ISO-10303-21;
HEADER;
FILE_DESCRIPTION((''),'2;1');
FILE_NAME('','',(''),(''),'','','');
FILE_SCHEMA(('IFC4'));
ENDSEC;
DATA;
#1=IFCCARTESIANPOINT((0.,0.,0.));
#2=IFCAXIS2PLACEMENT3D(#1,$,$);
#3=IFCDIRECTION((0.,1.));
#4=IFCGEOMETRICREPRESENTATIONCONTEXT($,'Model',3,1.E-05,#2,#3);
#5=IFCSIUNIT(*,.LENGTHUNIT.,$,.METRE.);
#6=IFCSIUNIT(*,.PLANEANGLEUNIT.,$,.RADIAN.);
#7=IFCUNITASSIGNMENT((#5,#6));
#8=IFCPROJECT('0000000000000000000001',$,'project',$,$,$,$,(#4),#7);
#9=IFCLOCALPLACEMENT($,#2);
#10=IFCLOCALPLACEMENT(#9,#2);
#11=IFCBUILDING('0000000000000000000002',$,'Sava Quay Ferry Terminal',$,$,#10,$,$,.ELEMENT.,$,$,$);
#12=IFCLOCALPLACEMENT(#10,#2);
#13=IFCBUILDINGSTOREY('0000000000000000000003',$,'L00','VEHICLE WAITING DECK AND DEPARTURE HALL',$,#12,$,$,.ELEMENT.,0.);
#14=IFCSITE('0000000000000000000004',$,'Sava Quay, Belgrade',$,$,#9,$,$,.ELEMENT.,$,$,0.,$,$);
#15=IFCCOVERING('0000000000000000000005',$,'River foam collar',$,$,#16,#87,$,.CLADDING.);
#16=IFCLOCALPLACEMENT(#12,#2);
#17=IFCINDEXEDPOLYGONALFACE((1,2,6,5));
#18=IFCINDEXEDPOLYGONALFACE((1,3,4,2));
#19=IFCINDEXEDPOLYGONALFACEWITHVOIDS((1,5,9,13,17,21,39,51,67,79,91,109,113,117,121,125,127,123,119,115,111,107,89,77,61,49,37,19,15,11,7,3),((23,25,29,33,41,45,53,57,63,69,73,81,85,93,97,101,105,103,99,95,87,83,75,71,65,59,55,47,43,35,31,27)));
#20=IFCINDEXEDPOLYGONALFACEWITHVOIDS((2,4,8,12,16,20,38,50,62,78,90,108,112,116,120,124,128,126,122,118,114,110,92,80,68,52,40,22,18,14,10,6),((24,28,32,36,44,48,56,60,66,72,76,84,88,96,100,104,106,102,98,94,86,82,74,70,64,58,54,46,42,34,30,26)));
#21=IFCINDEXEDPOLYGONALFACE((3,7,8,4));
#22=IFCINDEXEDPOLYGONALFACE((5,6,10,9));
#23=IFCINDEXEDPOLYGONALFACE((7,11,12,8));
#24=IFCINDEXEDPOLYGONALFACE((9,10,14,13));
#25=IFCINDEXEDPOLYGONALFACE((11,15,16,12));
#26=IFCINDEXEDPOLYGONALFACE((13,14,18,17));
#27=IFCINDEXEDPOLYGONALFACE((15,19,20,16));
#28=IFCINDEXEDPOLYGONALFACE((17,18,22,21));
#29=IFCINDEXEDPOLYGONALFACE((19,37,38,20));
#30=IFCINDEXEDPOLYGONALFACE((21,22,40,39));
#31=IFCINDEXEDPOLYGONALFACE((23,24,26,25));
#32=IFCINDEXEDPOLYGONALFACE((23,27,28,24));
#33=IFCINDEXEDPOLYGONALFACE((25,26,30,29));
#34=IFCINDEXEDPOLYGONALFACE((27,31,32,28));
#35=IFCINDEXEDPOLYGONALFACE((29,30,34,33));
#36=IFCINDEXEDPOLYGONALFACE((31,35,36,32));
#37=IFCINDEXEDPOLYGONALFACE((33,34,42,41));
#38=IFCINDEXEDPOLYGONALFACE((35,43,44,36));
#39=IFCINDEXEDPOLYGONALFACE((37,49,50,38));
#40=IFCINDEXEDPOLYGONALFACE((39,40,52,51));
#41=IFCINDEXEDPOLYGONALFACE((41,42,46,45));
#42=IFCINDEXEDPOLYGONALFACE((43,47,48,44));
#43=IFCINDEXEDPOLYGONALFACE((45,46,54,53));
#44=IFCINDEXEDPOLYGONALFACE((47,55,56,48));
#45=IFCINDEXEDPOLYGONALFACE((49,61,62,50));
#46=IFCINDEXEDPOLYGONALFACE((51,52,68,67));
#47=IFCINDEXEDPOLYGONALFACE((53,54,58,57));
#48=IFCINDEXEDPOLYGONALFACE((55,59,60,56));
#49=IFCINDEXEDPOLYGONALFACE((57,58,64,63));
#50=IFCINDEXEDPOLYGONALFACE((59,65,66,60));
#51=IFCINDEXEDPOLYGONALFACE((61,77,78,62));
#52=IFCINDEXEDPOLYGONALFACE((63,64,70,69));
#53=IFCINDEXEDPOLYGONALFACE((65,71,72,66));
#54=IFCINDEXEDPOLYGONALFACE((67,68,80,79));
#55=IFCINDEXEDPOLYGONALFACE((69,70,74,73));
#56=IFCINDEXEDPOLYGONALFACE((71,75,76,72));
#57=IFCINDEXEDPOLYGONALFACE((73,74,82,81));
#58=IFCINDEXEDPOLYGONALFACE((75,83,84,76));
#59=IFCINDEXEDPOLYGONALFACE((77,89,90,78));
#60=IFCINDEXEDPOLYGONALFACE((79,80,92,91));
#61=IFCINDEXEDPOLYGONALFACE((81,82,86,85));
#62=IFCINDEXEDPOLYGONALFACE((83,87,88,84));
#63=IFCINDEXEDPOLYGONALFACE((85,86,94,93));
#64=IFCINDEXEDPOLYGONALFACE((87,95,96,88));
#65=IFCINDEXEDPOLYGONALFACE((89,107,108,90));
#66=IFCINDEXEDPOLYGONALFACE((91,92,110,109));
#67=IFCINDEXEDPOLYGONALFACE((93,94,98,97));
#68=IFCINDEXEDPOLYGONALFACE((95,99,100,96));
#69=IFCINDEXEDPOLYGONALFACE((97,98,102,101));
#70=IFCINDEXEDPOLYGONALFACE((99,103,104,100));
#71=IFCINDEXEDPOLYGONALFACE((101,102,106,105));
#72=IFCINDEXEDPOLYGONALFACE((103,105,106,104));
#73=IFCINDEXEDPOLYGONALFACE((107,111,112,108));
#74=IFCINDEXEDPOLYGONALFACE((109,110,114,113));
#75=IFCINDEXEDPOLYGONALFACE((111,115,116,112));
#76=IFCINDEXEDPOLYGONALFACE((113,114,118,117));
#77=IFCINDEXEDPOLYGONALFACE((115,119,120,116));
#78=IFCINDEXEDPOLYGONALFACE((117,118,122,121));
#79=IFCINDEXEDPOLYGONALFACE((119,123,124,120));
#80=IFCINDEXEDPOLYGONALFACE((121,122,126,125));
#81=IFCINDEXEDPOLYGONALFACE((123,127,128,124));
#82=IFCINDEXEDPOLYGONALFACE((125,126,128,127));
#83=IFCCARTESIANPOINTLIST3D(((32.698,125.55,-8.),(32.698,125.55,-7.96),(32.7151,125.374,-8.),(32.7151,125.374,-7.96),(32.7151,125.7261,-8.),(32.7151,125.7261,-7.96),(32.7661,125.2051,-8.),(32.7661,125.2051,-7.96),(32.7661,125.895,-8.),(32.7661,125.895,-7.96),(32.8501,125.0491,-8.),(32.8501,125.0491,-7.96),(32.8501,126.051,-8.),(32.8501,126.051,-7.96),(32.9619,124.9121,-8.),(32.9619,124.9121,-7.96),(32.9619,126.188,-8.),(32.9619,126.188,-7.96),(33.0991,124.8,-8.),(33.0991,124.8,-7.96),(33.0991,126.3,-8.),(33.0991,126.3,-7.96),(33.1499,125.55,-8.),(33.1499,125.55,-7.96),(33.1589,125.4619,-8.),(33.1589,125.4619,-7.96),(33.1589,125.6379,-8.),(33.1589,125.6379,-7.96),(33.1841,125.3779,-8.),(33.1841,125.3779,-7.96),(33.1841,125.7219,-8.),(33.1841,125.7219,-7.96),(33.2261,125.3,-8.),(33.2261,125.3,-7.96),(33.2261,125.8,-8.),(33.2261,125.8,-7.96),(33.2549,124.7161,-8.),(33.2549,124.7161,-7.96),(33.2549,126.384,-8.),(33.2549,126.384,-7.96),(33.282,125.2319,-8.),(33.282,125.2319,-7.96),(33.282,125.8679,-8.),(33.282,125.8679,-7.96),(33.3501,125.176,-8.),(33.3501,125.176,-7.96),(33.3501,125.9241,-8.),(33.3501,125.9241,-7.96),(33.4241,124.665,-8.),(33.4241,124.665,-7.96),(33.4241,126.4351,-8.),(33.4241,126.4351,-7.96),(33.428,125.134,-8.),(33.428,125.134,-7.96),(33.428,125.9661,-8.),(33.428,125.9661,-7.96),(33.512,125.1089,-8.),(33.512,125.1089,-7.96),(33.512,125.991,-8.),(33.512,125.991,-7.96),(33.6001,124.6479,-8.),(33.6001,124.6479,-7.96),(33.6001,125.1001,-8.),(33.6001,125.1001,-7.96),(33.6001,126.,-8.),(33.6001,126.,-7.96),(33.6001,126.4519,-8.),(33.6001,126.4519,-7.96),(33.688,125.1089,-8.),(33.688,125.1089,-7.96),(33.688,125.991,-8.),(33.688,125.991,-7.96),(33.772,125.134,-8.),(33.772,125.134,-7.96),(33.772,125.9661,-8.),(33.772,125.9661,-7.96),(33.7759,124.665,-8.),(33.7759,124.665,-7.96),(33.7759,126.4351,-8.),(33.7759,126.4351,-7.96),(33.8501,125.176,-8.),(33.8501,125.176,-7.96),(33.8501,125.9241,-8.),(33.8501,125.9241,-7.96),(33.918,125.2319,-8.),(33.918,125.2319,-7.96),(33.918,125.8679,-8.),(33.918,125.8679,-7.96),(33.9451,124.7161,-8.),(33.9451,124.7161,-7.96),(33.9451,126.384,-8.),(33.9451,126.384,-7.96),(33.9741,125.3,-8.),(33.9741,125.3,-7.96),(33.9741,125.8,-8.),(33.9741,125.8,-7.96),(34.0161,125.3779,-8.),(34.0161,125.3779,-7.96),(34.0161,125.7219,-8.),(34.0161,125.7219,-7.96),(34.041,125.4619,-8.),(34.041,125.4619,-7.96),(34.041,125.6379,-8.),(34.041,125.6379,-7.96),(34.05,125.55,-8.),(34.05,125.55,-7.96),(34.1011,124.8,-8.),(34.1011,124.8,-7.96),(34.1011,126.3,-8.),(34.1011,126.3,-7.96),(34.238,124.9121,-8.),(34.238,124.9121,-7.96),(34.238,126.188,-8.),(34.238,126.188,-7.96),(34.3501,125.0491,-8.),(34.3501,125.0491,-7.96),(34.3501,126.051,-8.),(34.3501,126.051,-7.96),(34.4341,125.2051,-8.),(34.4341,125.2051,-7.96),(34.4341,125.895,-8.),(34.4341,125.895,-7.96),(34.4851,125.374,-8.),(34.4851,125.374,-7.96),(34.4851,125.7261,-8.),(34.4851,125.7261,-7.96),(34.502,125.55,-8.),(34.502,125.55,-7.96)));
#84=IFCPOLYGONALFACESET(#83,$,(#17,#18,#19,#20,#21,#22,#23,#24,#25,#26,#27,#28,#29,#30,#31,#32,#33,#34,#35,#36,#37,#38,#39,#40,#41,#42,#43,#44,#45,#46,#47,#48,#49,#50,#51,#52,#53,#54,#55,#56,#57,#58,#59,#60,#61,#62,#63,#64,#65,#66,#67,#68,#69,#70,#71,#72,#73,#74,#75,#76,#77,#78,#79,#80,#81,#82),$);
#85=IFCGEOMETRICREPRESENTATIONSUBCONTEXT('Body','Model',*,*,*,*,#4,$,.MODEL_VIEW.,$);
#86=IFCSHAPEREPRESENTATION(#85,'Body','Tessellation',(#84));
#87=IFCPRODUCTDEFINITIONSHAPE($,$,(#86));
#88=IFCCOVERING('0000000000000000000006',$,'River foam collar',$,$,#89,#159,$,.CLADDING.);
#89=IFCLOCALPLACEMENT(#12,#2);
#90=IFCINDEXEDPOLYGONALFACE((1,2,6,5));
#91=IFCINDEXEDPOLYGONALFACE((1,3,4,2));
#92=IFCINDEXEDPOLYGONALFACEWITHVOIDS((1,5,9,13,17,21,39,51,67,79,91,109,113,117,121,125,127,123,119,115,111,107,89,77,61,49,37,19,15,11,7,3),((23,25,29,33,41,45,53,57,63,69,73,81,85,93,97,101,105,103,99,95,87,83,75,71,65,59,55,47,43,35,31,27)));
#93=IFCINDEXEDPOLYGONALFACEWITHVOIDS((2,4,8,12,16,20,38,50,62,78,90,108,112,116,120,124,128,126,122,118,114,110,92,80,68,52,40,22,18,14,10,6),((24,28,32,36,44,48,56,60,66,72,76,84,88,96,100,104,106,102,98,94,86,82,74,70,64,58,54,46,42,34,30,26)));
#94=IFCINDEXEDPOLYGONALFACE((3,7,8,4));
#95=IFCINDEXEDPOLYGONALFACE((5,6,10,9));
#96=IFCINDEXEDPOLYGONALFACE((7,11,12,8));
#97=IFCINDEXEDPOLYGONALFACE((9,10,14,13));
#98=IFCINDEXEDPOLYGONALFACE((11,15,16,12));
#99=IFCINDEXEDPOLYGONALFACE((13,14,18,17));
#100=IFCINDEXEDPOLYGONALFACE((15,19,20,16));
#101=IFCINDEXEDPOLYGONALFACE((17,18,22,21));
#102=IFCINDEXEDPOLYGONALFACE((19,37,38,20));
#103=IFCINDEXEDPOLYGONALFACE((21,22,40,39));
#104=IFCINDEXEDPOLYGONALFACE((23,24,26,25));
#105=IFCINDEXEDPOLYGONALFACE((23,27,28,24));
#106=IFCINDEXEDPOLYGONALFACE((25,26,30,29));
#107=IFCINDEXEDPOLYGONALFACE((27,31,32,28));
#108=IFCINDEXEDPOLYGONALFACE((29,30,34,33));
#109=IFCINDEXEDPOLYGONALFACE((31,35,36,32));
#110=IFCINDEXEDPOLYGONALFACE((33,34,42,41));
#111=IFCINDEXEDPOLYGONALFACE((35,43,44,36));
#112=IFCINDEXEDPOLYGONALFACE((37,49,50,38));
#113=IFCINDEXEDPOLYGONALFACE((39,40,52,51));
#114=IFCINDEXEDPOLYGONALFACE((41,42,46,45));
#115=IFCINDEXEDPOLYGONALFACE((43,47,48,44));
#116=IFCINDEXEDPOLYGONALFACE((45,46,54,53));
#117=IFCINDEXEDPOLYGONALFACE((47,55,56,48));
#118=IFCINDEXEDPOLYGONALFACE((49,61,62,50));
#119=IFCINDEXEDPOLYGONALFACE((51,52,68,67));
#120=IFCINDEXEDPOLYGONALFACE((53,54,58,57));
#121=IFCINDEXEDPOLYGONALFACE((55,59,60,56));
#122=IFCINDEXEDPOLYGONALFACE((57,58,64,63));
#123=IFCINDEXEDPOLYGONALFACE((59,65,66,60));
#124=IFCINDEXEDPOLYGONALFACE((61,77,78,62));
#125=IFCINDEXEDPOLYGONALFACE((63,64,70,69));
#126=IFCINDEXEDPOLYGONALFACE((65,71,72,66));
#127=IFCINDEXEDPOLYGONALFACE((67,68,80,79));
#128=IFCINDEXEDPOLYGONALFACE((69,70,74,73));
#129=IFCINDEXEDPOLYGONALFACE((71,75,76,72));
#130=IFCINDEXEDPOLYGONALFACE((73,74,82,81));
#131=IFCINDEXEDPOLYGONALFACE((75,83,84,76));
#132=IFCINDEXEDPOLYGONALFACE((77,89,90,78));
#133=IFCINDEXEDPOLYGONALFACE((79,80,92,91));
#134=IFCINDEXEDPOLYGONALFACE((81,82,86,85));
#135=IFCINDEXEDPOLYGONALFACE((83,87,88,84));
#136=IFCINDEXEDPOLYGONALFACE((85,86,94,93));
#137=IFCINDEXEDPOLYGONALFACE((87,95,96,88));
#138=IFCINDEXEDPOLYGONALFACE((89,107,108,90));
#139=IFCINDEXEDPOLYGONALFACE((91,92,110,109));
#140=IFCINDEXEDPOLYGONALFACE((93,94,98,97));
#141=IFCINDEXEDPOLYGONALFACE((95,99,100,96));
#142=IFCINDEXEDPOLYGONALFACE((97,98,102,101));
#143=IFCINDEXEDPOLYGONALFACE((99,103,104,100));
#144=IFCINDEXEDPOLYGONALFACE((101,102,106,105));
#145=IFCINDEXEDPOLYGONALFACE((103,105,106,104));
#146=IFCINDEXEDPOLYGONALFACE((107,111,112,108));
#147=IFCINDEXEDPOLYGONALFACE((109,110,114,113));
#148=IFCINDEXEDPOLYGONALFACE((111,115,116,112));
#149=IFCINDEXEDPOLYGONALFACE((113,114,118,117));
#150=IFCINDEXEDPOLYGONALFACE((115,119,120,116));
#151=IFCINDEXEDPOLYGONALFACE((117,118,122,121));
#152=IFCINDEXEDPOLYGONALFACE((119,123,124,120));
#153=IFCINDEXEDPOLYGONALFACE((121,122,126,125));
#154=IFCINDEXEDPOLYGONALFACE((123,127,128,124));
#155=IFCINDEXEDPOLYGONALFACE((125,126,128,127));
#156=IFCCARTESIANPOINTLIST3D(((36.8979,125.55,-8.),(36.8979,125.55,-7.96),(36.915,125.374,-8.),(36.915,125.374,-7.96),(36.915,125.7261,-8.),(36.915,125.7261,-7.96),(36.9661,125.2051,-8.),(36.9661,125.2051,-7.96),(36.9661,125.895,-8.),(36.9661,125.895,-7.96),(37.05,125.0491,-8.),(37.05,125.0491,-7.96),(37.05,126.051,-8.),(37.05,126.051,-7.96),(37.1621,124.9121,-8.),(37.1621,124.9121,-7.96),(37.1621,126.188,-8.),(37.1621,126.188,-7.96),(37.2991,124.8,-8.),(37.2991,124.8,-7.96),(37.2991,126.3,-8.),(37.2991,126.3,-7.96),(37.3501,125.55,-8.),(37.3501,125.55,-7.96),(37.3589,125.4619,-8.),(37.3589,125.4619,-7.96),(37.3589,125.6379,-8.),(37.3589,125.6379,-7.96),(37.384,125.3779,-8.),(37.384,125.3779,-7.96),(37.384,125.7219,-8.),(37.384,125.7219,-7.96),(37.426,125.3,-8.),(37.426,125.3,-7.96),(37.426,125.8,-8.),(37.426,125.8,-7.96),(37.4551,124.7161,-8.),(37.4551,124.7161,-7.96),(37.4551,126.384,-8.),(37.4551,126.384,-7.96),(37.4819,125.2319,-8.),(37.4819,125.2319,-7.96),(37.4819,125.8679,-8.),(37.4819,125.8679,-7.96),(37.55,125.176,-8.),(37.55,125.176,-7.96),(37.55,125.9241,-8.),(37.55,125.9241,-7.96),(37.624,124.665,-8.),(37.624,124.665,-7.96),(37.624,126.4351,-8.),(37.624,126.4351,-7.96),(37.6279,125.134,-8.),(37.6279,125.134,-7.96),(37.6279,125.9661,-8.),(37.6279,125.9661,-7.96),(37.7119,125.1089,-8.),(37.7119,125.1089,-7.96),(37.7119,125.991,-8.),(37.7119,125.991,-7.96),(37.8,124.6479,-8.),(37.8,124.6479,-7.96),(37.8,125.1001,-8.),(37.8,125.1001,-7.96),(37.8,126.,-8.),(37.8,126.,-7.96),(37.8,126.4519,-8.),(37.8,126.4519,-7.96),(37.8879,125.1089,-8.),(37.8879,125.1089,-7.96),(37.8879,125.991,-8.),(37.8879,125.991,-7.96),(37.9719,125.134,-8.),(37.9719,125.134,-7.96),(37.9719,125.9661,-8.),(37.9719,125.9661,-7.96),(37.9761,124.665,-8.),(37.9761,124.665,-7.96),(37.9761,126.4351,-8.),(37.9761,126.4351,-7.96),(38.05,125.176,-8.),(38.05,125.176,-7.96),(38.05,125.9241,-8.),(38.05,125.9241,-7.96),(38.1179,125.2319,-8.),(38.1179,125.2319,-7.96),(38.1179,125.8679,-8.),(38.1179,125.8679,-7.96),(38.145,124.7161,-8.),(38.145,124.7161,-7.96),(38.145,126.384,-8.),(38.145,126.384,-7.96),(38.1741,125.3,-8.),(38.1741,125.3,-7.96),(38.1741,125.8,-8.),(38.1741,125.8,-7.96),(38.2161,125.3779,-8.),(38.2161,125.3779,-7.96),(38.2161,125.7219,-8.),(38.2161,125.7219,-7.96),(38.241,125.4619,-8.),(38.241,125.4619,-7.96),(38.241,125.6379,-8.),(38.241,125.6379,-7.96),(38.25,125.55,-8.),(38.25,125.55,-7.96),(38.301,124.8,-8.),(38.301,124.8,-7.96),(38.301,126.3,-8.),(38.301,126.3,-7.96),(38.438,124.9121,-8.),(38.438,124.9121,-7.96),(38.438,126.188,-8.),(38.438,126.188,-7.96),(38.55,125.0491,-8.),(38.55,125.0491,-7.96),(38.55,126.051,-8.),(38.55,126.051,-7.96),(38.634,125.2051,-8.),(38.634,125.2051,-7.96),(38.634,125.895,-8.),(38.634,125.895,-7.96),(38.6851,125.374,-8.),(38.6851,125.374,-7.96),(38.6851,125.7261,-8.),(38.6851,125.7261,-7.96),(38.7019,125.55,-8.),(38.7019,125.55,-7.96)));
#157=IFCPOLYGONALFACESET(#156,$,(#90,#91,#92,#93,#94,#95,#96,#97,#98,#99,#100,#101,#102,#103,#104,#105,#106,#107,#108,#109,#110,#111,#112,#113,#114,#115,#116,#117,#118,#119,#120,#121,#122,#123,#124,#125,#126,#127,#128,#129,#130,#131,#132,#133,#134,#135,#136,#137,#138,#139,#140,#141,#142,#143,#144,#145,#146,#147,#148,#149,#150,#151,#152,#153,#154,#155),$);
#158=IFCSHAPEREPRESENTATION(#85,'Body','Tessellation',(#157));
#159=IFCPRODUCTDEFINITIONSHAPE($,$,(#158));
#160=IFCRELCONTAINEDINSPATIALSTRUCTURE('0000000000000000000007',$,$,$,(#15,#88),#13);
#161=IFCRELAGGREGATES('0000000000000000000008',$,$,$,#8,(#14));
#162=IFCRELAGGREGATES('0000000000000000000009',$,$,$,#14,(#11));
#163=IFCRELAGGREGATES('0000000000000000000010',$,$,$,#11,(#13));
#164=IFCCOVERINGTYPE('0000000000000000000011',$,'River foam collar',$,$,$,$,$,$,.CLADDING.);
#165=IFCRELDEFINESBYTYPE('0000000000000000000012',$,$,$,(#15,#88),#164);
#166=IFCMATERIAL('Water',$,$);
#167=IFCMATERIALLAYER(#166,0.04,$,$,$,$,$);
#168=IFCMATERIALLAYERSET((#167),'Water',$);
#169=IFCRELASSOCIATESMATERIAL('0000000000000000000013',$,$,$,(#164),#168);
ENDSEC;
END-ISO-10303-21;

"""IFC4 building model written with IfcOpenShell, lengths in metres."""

from ifc_helpers import new_model, si_unit, direction, frame, origin, place, context, subcontext, project, spatial, polyline, outline, extrude, material, layer, layer_set, type_object, element, save


model = new_model("IFC4")

# Units and contexts
model_context = context("Model", 3, precision=1e-05, world=origin(), true_north=direction((0.0, 1.0)))
body_context = subcontext(model_context, "Body", "Model", "MODEL_VIEW")
ifc_project = project(units=[si_unit("LENGTHUNIT", "METRE"), si_unit("PLANEANGLEUNIT", "RADIAN")], contexts=[model_context])

# Site, building, storey
site_placement = place(None, origin())
site = spatial("IfcSite", under=ifc_project, at=site_placement, Name="Sava Quay, Belgrade", CompositionType="ELEMENT", RefElevation=0.0)
building_placement = place(site_placement, origin())
building = spatial("IfcBuilding", under=site, at=building_placement, Name="Sava Quay Ferry Terminal", CompositionType="ELEMENT")
storey_placement = place(building_placement, origin())
storey = spatial("IfcBuildingStorey", under=building, at=storey_placement, Name="L00", Description="VEHICLE WAITING DECK AND DEPARTURE HALL", CompositionType="ELEMENT", Elevation=0.0)

# Coverings
ifc_material = material(Name="Water")
ifc_layer = layer(ifc_material, 0.04)
ifc_layer_set = layer_set([ifc_layer], Name="Water")
covering_type = type_object("IfcCoveringType", Name="River foam collar", PredefinedType="CLADDING", material=ifc_layer_set)
covering_1_placement = place(storey_placement, frame((0.0, 0.0, -8.0)))
element("IfcCovering", 1, at=covering_1_placement, inside=storey, type_object=covering_type, Name="River foam collar", PredefinedType="CLADDING", context=body_context, shape_type="SweptSolid", body=[
    extrude(outline(polyline([(33.4241, 124.665), (33.6001, 124.6479), (33.7759, 124.665), (33.9451, 124.7161), (34.1011, 124.8), (34.238, 124.9121), (34.3501, 125.0491), (34.4341, 125.2051), (34.4851, 125.374), (34.502, 125.55), (34.4851, 125.7261), (34.4341, 125.895), (34.3501, 126.051), (34.238, 126.188), (34.1011, 126.3), (33.9451, 126.384), (33.7759, 126.4351), (33.6001, 126.4519), (33.4241, 126.4351), (33.2549, 126.384), (33.0991, 126.3), (32.9619, 126.188), (32.8501, 126.051), (32.7661, 125.895), (32.7151, 125.7261), (32.698, 125.55), (32.7151, 125.374), (32.7661, 125.2051), (32.8501, 125.0491), (32.9619, 124.9121), (33.0991, 124.8), (33.2549, 124.7161), (33.4241, 124.665)]), holes=[polyline([(33.512, 125.991), (33.6001, 126.0), (33.688, 125.991), (33.772, 125.9661), (33.8501, 125.9241), (33.918, 125.8679), (33.9741, 125.8), (34.0161, 125.7219), (34.041, 125.6379), (34.05, 125.55), (34.041, 125.4619), (34.0161, 125.3779), (33.9741, 125.3), (33.918, 125.2319), (33.8501, 125.176), (33.772, 125.134), (33.688, 125.1089), (33.6001, 125.1001), (33.512, 125.1089), (33.428, 125.134), (33.3501, 125.176), (33.282, 125.2319), (33.2261, 125.3), (33.1841, 125.3779), (33.1589, 125.4619), (33.1499, 125.55), (33.1589, 125.6379), (33.1841, 125.7219), (33.2261, 125.8), (33.282, 125.8679), (33.3501, 125.9241), (33.428, 125.9661), (33.512, 125.991)])]), origin(), (0.0, 0.0, 1.0), 0.04),
])
covering_2_placement = place(storey_placement, frame((0.0, 0.0, -8.0)))
element("IfcCovering", 2, at=covering_2_placement, inside=storey, type_object=covering_type, Name="River foam collar", PredefinedType="CLADDING", context=body_context, shape_type="SweptSolid", body=[
    extrude(outline(polyline([(37.4551, 124.7161), (37.624, 124.665), (37.8, 124.6479), (37.9761, 124.665), (38.145, 124.7161), (38.301, 124.8), (38.438, 124.9121), (38.55, 125.0491), (38.634, 125.2051), (38.6851, 125.374), (38.7019, 125.55), (38.6851, 125.7261), (38.634, 125.895), (38.55, 126.051), (38.438, 126.188), (38.301, 126.3), (38.145, 126.384), (37.9761, 126.4351), (37.8, 126.4519), (37.624, 126.4351), (37.4551, 126.384), (37.2991, 126.3), (37.1621, 126.188), (37.05, 126.051), (36.9661, 125.895), (36.915, 125.7261), (36.8979, 125.55), (36.915, 125.374), (36.9661, 125.2051), (37.05, 125.0491), (37.1621, 124.9121), (37.2991, 124.8), (37.4551, 124.7161)]), holes=[polyline([(37.6279, 125.9661), (37.7119, 125.991), (37.8, 126.0), (37.8879, 125.991), (37.9719, 125.9661), (38.05, 125.9241), (38.1179, 125.8679), (38.1741, 125.8), (38.2161, 125.7219), (38.241, 125.6379), (38.25, 125.55), (38.241, 125.4619), (38.2161, 125.3779), (38.1741, 125.3), (38.1179, 125.2319), (38.05, 125.176), (37.9719, 125.134), (37.8879, 125.1089), (37.8, 125.1001), (37.7119, 125.1089), (37.6279, 125.134), (37.55, 125.176), (37.4819, 125.2319), (37.426, 125.3), (37.384, 125.3779), (37.3589, 125.4619), (37.3501, 125.55), (37.3589, 125.6379), (37.384, 125.7219), (37.426, 125.8), (37.4819, 125.8679), (37.55, 125.9241), (37.6279, 125.9661)])]), origin(), (0.0, 0.0, 1.0), 0.04),
])

save(model, "model.ifc")
